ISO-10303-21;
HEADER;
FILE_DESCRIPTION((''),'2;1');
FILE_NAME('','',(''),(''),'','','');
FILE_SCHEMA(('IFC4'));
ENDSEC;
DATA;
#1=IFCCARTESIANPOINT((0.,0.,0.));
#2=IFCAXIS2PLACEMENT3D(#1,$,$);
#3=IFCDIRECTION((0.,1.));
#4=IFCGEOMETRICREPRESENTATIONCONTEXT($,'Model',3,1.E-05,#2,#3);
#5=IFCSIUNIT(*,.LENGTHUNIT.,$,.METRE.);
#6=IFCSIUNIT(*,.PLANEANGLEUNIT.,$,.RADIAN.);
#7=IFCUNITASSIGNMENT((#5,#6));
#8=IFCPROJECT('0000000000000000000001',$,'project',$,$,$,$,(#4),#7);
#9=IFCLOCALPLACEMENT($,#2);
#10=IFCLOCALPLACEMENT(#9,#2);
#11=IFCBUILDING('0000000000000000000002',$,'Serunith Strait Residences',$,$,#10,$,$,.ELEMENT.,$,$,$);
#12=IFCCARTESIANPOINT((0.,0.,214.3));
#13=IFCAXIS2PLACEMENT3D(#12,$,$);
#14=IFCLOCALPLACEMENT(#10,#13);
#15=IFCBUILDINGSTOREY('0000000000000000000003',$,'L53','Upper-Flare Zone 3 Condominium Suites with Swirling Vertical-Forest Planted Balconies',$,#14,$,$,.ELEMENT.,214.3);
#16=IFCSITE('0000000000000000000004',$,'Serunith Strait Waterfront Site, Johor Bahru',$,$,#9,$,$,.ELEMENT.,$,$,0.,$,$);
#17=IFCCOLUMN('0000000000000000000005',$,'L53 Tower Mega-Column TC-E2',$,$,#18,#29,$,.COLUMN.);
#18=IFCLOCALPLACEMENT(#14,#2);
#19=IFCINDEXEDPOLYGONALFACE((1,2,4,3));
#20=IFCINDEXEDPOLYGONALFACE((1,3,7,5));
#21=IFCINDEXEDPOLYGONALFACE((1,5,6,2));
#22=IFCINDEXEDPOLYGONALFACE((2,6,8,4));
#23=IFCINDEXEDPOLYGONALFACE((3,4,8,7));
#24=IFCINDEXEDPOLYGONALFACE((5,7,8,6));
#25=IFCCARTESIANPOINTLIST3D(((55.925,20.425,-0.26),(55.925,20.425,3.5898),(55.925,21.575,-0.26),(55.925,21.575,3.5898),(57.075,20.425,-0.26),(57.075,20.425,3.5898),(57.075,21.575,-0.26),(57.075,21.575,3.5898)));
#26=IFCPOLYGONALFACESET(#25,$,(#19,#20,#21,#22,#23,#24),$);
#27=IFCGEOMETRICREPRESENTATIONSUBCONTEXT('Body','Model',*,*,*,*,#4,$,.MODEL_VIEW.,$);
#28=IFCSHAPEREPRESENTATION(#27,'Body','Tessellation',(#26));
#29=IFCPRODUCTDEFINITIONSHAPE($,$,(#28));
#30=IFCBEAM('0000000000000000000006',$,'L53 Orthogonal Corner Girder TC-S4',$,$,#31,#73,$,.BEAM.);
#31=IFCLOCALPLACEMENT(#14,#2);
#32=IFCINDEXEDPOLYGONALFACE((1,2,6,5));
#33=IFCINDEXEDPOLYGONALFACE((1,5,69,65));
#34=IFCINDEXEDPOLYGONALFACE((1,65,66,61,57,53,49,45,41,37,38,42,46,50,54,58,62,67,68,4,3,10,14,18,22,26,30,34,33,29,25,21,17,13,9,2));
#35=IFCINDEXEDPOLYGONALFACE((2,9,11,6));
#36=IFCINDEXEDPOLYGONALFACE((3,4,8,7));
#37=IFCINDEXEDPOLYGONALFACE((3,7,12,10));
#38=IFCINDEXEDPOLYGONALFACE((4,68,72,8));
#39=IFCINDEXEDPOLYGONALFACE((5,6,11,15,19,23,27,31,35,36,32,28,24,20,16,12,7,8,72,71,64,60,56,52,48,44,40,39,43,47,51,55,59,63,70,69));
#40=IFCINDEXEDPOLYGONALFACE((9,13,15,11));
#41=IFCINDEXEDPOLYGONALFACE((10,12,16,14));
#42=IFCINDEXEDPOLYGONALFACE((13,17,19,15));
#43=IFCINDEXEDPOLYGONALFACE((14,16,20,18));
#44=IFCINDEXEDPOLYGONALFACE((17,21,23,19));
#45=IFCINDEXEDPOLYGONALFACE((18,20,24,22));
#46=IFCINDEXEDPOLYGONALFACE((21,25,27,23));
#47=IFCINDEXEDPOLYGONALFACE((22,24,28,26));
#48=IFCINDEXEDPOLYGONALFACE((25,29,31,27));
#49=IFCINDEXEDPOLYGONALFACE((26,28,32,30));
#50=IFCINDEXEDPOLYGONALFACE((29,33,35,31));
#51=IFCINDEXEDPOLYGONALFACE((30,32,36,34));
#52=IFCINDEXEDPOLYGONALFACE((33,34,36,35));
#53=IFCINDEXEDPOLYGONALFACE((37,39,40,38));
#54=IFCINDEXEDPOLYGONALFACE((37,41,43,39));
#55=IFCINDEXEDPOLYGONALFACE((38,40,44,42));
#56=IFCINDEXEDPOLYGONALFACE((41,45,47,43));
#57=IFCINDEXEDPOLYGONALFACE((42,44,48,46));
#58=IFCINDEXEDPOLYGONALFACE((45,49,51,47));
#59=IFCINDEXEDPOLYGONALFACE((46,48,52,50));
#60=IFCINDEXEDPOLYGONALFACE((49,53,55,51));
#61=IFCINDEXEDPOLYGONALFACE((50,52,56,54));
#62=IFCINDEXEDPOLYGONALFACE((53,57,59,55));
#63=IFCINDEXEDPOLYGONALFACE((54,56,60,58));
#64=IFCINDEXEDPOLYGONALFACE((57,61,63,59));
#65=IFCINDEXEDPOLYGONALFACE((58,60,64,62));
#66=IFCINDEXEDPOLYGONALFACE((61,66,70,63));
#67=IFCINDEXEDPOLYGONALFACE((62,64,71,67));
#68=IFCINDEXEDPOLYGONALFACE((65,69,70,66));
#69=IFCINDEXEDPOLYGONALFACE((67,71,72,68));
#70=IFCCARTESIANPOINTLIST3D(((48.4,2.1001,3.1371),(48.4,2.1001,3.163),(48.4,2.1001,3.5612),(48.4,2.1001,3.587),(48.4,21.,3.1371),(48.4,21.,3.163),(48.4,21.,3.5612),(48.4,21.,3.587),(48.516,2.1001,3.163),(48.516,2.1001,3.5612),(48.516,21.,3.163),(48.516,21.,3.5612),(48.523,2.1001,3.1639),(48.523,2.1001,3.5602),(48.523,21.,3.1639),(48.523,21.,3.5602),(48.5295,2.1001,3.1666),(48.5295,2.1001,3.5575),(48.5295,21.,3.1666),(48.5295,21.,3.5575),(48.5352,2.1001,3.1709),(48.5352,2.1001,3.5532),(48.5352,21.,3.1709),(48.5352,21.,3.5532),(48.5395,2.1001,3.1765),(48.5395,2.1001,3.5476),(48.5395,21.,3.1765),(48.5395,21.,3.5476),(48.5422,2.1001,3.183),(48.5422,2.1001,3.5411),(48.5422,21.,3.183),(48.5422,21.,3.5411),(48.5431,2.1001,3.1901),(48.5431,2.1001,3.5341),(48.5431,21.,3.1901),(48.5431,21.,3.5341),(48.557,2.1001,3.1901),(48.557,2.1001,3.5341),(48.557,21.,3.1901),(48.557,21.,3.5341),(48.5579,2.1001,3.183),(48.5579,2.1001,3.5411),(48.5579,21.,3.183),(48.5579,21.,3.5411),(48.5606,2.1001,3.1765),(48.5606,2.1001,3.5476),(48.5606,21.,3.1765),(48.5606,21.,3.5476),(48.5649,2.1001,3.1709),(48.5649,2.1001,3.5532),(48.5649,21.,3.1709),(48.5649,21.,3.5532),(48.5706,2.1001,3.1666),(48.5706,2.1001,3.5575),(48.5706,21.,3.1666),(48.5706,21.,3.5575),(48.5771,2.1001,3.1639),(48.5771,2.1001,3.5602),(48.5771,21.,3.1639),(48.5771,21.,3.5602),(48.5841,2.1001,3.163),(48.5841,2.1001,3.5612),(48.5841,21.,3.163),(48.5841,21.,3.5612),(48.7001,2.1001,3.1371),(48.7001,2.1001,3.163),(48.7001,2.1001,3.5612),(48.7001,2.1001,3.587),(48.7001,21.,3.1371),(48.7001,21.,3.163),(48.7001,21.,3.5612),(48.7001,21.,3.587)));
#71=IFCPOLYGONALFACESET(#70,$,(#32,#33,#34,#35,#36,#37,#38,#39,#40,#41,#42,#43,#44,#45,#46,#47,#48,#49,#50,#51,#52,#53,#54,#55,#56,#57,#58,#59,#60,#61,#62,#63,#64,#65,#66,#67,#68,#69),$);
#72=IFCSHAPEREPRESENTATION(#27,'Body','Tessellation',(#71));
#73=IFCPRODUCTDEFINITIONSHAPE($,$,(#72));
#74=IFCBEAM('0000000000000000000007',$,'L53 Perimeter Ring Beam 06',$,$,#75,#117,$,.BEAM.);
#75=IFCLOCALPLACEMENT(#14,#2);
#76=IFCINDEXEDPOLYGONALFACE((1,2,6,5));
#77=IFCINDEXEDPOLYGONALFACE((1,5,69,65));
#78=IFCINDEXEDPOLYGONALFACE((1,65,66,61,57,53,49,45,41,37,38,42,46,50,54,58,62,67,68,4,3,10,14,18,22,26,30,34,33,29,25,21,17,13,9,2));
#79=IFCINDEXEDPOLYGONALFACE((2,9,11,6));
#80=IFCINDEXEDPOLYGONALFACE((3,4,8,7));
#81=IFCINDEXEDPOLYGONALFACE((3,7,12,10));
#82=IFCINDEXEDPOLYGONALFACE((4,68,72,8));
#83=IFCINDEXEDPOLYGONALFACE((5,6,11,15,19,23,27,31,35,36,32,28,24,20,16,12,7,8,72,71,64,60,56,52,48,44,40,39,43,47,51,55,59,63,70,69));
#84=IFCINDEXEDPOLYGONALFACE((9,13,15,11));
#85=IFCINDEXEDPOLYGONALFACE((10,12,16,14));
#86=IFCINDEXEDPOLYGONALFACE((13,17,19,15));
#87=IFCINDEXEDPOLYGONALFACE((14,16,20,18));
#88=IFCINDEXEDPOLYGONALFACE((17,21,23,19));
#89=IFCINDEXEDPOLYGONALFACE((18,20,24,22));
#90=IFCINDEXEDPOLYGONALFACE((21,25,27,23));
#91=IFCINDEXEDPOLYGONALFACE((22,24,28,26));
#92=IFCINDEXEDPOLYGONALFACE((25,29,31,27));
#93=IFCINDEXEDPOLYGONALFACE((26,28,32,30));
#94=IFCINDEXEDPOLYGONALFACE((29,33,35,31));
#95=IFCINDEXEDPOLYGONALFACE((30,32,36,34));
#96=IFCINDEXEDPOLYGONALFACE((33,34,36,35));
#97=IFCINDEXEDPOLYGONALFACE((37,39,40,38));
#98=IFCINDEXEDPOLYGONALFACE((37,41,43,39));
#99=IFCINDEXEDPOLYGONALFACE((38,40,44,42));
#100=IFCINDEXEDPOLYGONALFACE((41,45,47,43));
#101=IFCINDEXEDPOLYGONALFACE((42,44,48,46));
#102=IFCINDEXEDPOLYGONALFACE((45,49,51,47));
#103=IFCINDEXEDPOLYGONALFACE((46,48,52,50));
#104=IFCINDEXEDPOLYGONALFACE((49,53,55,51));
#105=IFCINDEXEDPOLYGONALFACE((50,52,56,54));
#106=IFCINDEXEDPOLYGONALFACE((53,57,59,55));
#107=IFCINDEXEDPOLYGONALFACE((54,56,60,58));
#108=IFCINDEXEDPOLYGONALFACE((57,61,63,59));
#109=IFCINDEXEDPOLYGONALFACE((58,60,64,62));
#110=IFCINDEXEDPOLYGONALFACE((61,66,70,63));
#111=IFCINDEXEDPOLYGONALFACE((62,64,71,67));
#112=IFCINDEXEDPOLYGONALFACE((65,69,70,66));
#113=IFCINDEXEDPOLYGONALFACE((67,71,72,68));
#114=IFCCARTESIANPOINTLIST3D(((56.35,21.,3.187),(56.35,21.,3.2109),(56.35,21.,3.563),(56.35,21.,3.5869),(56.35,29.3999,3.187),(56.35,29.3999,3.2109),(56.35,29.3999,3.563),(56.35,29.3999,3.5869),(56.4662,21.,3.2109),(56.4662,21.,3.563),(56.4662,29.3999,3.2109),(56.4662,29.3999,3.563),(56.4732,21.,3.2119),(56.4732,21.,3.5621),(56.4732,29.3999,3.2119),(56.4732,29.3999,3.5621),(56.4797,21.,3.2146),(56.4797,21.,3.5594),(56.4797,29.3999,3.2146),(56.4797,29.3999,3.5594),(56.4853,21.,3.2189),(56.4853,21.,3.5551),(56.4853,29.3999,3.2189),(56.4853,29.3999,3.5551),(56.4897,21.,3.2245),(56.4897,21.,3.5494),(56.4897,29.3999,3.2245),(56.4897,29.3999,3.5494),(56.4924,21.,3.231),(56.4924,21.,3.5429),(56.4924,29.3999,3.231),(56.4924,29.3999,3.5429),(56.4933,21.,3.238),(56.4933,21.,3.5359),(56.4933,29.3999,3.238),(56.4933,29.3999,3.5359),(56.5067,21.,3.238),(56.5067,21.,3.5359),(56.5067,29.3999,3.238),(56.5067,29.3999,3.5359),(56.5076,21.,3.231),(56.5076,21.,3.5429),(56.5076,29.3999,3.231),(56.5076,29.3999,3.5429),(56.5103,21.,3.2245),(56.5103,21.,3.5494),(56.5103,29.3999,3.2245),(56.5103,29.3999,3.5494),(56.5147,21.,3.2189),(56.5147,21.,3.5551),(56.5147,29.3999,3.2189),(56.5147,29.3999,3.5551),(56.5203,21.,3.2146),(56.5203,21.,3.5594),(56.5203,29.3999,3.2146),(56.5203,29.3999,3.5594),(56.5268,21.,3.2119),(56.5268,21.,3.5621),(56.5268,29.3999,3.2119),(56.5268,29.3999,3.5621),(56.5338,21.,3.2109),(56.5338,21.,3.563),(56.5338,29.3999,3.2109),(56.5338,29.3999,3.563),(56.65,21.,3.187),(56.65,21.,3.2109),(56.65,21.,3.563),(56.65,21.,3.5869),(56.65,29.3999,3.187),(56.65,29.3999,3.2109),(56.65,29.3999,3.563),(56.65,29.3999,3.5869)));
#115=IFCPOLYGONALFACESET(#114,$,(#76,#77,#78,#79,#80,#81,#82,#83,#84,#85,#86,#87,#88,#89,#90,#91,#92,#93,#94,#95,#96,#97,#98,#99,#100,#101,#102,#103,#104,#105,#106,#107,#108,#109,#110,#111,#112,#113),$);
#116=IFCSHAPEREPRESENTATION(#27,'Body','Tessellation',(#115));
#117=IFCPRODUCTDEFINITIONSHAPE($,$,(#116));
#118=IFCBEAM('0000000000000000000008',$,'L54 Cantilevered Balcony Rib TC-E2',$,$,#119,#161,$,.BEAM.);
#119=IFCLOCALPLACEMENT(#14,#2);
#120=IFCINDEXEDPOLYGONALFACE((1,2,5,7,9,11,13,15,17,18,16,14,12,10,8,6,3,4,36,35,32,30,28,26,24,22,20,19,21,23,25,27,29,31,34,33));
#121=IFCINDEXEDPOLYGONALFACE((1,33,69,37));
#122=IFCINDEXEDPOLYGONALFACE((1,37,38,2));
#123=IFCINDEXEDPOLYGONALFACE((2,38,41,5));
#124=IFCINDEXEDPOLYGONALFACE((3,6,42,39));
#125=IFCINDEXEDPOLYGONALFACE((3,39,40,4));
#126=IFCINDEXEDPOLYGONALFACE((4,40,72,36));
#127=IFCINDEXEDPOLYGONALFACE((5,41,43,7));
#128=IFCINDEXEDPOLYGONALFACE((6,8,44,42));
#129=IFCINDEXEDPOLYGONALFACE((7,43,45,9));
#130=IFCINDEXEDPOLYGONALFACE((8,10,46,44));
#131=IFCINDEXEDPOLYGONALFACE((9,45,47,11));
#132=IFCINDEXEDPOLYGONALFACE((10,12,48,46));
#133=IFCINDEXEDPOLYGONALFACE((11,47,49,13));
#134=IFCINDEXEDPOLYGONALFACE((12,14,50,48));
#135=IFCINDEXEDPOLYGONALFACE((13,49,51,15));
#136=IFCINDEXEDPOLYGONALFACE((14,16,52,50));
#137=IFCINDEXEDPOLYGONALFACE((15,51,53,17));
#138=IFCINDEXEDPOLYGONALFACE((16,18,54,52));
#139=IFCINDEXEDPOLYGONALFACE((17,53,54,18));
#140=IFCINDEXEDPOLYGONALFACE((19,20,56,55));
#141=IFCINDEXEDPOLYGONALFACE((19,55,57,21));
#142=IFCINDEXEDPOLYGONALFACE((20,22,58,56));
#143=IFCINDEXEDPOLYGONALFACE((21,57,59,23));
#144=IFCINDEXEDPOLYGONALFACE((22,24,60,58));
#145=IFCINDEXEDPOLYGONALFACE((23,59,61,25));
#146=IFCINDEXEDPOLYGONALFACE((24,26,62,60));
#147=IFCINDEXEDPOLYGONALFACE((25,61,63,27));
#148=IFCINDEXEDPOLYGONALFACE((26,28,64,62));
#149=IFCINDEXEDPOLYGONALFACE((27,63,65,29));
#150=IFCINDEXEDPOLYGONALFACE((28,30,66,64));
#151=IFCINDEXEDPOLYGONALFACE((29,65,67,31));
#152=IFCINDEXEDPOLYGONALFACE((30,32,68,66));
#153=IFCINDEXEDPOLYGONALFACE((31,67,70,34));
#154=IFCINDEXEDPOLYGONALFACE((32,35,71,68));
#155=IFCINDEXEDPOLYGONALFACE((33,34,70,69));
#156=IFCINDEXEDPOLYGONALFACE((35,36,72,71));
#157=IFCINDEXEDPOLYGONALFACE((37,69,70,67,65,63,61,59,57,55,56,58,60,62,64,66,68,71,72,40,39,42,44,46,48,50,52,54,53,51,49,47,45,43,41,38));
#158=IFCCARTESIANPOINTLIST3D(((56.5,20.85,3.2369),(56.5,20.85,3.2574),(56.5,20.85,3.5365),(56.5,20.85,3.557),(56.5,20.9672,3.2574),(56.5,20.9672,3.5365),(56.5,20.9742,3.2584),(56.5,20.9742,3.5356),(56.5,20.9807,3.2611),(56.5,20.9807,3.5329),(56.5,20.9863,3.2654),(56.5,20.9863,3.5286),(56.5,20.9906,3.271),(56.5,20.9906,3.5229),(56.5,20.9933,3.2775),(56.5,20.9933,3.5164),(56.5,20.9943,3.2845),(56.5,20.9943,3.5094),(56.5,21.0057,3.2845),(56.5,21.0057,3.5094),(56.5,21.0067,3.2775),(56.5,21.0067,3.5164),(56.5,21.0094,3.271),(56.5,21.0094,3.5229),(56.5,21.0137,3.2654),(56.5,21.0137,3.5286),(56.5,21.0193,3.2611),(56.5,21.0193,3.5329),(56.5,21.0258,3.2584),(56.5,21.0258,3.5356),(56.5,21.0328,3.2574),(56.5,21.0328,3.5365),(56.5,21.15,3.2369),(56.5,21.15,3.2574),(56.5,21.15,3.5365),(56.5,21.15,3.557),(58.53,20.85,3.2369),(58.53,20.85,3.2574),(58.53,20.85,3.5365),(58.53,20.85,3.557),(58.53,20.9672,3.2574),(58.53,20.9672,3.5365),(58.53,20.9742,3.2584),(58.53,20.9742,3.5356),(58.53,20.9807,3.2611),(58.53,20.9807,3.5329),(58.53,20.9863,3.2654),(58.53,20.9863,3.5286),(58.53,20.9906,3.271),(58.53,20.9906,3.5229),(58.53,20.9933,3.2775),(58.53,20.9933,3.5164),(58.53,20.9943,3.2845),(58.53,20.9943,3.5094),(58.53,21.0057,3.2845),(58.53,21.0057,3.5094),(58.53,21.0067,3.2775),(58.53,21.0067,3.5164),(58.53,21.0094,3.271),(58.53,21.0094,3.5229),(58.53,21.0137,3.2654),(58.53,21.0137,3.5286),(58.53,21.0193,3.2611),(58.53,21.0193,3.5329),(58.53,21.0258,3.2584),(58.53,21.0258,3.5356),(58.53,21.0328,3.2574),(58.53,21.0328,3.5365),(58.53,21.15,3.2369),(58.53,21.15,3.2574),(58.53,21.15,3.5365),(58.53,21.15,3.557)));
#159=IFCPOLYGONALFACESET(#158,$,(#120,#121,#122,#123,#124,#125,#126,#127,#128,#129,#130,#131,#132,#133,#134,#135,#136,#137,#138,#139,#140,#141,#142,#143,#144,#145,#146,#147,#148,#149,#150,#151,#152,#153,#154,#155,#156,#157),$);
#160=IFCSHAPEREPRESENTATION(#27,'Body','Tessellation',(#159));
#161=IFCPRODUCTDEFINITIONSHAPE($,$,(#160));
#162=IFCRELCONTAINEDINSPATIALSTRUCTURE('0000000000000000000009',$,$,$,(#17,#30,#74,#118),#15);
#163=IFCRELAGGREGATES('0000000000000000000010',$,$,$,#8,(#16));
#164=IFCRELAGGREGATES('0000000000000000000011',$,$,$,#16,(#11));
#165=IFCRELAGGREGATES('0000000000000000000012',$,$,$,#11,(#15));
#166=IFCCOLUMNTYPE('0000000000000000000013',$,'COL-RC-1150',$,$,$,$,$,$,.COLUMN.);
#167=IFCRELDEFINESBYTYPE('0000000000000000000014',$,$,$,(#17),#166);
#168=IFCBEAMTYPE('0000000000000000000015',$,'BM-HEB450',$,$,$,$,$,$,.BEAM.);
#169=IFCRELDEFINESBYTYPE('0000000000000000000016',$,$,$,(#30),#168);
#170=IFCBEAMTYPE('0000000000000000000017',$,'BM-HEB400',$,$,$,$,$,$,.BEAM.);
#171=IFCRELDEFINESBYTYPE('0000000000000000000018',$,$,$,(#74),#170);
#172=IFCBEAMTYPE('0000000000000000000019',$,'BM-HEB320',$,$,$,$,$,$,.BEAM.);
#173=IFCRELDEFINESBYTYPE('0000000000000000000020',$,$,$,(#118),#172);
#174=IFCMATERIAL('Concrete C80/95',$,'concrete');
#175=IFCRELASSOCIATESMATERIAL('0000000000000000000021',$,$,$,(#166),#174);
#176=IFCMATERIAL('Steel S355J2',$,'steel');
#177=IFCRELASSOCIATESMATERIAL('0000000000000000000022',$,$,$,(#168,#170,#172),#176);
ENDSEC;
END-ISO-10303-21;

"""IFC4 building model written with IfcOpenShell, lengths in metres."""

from ifc_helpers import new_model, si_unit, direction, frame, origin, origin_2d, place, context, subcontext, project, spatial, rectangle, i_section, extrude, source, transform, mapped, material, material_profile, profile_set, type_object, element, save


model = new_model("IFC4")

# Units and contexts
model_context = context("Model", 3, precision=1e-05, world=origin(), true_north=direction((0.0, 1.0)))
body_context = subcontext(model_context, "Body", "Model", "MODEL_VIEW")
ifc_project = project(units=[si_unit("LENGTHUNIT", "METRE"), si_unit("PLANEANGLEUNIT", "RADIAN")], contexts=[model_context])

# Site, building, storey
site_placement = place(None, origin())
site = spatial("IfcSite", under=ifc_project, at=site_placement, Name="Serunith Strait Waterfront Site, Johor Bahru", CompositionType="ELEMENT", RefElevation=0.0)
building_placement = place(site_placement, origin())
building = spatial("IfcBuilding", under=site, at=building_placement, Name="Serunith Strait Residences", CompositionType="ELEMENT")
storey_placement = place(building_placement, frame((0.0, 0.0, 214.3)))
storey = spatial("IfcBuildingStorey", under=building, at=storey_placement, Name="L53", Description="Upper-Flare Zone 3 Condominium Suites with Swirling Vertical-Forest Planted Balconies", CompositionType="ELEMENT", Elevation=214.3)

# Column
ifc_material_1 = material(Name="Concrete C80/95", Category="concrete")
ifc_material_profile_1 = material_profile(ifc_material_1, rectangle(XDim=1.1499, YDim=1.1499, at=origin_2d()), Name="RC 1150x1150")
ifc_profile_set_1 = profile_set([ifc_material_profile_1], Name="Concrete C80/95")
column_type = type_object("IfcColumnType", Name="COL-RC-1150", PredefinedType="COLUMN", material=ifc_profile_set_1)
shared_shape_1 = source(origin(), body_context, "Body", "SweptSolid", [
    extrude(rectangle(XDim=1.1499, YDim=1.1499, at=origin_2d()), origin(), (0.0, 0.0, 1.0), 3.8499),
])
column_placement = place(storey_placement, frame((56.5, 21.0, -0.26), z_axis=(0.0, 0.0, 1.0), x_axis=(1.0, 0.0, 0.0)))
element("IfcColumn", 1, at=column_placement, inside=storey, type_object=column_type, Name="L53 Tower Mega-Column TC-E2", PredefinedType="COLUMN", context=body_context, shape_type="MappedRepresentation", body=[
    mapped(shared_shape_1, transform((0.0, 0.0, 0.0), scale=1.0)),
])

# Beams
ifc_material_2 = material(Name="Steel S355J2", Category="steel")
ifc_material_profile_2 = material_profile(ifc_material_2, i_section(OverallWidth=0.3, OverallDepth=0.45, WebThickness=0.0139, FlangeThickness=0.0259, FilletRadius=0.0271, at=origin_2d()), Name="HEB 450")
ifc_profile_set_2 = profile_set([ifc_material_profile_2], Name="Steel S355J2")
beam_type_1 = type_object("IfcBeamType", Name="BM-HEB450", PredefinedType="BEAM", material=ifc_profile_set_2)
shared_shape_2 = source(origin(), body_context, "Body", "SweptSolid", [
    extrude(i_section(OverallWidth=0.3, OverallDepth=0.45, WebThickness=0.0139, FlangeThickness=0.0259, FilletRadius=0.0271, at=origin_2d()), origin(), (0.0, 0.0, 1.0), 18.8999),
])
beam_1_placement = place(storey_placement, frame((48.55, 21.0, 3.3621), z_axis=(0.0, -1.0, 0.0), x_axis=(1.0, 0.0, 0.0)))
element("IfcBeam", 2, at=beam_1_placement, inside=storey, type_object=beam_type_1, Name="L53 Orthogonal Corner Girder TC-S4", PredefinedType="BEAM", context=body_context, shape_type="MappedRepresentation", body=[
    mapped(shared_shape_2, transform((0.0, 0.0, 0.0), scale=1.0)),
])
ifc_material_profile_3 = material_profile(ifc_material_2, i_section(OverallWidth=0.3, OverallDepth=0.3999, WebThickness=0.0134, FlangeThickness=0.0239, FilletRadius=0.0271, at=origin_2d()), Name="HEB 400")
ifc_profile_set_3 = profile_set([ifc_material_profile_3], Name="Steel S355J2")
beam_type_2 = type_object("IfcBeamType", Name="BM-HEB400", PredefinedType="BEAM", material=ifc_profile_set_3)
shared_shape_3 = source(origin(), body_context, "Body", "SweptSolid", [
    extrude(i_section(OverallWidth=0.3, OverallDepth=0.3999, WebThickness=0.0134, FlangeThickness=0.0239, FilletRadius=0.0271, at=origin_2d()), origin(), (0.0, 0.0, 1.0), 8.3999),
])
beam_2_placement = place(storey_placement, frame((56.5, 21.0, 3.387), z_axis=(0.0, 1.0, 0.0), x_axis=(-1.0, 0.0, 0.0)))
element("IfcBeam", 3, at=beam_2_placement, inside=storey, type_object=beam_type_2, Name="L53 Perimeter Ring Beam 06", PredefinedType="BEAM", context=body_context, shape_type="MappedRepresentation", body=[
    mapped(shared_shape_3, transform((0.0, 0.0, 0.0), scale=1.0)),
])
ifc_material_profile_4 = material_profile(ifc_material_2, i_section(OverallWidth=0.3, OverallDepth=0.3201, WebThickness=0.0115, FlangeThickness=0.0205, FilletRadius=0.0271, at=origin_2d()), Name="HEB 320")
ifc_profile_set_4 = profile_set([ifc_material_profile_4], Name="Steel S355J2")
beam_type_3 = type_object("IfcBeamType", Name="BM-HEB320", PredefinedType="BEAM", material=ifc_profile_set_4)
shared_shape_4 = source(origin(), body_context, "Body", "SweptSolid", [
    extrude(i_section(OverallWidth=0.3, OverallDepth=0.3201, WebThickness=0.0115, FlangeThickness=0.0205, FilletRadius=0.0271, at=origin_2d()), origin(), (0.0, 0.0, 1.0), 2.03),
])
beam_3_placement = place(storey_placement, frame((56.5, 21.0, 3.397), z_axis=(1.0, 0.0, 0.0), x_axis=(0.0, 1.0, 0.0)))
element("IfcBeam", 4, at=beam_3_placement, inside=storey, type_object=beam_type_3, Name="L54 Cantilevered Balcony Rib TC-E2", PredefinedType="BEAM", context=body_context, shape_type="MappedRepresentation", body=[
    mapped(shared_shape_4, transform((0.0, 0.0, 0.0), scale=1.0)),
])

save(model, "model.ifc")
